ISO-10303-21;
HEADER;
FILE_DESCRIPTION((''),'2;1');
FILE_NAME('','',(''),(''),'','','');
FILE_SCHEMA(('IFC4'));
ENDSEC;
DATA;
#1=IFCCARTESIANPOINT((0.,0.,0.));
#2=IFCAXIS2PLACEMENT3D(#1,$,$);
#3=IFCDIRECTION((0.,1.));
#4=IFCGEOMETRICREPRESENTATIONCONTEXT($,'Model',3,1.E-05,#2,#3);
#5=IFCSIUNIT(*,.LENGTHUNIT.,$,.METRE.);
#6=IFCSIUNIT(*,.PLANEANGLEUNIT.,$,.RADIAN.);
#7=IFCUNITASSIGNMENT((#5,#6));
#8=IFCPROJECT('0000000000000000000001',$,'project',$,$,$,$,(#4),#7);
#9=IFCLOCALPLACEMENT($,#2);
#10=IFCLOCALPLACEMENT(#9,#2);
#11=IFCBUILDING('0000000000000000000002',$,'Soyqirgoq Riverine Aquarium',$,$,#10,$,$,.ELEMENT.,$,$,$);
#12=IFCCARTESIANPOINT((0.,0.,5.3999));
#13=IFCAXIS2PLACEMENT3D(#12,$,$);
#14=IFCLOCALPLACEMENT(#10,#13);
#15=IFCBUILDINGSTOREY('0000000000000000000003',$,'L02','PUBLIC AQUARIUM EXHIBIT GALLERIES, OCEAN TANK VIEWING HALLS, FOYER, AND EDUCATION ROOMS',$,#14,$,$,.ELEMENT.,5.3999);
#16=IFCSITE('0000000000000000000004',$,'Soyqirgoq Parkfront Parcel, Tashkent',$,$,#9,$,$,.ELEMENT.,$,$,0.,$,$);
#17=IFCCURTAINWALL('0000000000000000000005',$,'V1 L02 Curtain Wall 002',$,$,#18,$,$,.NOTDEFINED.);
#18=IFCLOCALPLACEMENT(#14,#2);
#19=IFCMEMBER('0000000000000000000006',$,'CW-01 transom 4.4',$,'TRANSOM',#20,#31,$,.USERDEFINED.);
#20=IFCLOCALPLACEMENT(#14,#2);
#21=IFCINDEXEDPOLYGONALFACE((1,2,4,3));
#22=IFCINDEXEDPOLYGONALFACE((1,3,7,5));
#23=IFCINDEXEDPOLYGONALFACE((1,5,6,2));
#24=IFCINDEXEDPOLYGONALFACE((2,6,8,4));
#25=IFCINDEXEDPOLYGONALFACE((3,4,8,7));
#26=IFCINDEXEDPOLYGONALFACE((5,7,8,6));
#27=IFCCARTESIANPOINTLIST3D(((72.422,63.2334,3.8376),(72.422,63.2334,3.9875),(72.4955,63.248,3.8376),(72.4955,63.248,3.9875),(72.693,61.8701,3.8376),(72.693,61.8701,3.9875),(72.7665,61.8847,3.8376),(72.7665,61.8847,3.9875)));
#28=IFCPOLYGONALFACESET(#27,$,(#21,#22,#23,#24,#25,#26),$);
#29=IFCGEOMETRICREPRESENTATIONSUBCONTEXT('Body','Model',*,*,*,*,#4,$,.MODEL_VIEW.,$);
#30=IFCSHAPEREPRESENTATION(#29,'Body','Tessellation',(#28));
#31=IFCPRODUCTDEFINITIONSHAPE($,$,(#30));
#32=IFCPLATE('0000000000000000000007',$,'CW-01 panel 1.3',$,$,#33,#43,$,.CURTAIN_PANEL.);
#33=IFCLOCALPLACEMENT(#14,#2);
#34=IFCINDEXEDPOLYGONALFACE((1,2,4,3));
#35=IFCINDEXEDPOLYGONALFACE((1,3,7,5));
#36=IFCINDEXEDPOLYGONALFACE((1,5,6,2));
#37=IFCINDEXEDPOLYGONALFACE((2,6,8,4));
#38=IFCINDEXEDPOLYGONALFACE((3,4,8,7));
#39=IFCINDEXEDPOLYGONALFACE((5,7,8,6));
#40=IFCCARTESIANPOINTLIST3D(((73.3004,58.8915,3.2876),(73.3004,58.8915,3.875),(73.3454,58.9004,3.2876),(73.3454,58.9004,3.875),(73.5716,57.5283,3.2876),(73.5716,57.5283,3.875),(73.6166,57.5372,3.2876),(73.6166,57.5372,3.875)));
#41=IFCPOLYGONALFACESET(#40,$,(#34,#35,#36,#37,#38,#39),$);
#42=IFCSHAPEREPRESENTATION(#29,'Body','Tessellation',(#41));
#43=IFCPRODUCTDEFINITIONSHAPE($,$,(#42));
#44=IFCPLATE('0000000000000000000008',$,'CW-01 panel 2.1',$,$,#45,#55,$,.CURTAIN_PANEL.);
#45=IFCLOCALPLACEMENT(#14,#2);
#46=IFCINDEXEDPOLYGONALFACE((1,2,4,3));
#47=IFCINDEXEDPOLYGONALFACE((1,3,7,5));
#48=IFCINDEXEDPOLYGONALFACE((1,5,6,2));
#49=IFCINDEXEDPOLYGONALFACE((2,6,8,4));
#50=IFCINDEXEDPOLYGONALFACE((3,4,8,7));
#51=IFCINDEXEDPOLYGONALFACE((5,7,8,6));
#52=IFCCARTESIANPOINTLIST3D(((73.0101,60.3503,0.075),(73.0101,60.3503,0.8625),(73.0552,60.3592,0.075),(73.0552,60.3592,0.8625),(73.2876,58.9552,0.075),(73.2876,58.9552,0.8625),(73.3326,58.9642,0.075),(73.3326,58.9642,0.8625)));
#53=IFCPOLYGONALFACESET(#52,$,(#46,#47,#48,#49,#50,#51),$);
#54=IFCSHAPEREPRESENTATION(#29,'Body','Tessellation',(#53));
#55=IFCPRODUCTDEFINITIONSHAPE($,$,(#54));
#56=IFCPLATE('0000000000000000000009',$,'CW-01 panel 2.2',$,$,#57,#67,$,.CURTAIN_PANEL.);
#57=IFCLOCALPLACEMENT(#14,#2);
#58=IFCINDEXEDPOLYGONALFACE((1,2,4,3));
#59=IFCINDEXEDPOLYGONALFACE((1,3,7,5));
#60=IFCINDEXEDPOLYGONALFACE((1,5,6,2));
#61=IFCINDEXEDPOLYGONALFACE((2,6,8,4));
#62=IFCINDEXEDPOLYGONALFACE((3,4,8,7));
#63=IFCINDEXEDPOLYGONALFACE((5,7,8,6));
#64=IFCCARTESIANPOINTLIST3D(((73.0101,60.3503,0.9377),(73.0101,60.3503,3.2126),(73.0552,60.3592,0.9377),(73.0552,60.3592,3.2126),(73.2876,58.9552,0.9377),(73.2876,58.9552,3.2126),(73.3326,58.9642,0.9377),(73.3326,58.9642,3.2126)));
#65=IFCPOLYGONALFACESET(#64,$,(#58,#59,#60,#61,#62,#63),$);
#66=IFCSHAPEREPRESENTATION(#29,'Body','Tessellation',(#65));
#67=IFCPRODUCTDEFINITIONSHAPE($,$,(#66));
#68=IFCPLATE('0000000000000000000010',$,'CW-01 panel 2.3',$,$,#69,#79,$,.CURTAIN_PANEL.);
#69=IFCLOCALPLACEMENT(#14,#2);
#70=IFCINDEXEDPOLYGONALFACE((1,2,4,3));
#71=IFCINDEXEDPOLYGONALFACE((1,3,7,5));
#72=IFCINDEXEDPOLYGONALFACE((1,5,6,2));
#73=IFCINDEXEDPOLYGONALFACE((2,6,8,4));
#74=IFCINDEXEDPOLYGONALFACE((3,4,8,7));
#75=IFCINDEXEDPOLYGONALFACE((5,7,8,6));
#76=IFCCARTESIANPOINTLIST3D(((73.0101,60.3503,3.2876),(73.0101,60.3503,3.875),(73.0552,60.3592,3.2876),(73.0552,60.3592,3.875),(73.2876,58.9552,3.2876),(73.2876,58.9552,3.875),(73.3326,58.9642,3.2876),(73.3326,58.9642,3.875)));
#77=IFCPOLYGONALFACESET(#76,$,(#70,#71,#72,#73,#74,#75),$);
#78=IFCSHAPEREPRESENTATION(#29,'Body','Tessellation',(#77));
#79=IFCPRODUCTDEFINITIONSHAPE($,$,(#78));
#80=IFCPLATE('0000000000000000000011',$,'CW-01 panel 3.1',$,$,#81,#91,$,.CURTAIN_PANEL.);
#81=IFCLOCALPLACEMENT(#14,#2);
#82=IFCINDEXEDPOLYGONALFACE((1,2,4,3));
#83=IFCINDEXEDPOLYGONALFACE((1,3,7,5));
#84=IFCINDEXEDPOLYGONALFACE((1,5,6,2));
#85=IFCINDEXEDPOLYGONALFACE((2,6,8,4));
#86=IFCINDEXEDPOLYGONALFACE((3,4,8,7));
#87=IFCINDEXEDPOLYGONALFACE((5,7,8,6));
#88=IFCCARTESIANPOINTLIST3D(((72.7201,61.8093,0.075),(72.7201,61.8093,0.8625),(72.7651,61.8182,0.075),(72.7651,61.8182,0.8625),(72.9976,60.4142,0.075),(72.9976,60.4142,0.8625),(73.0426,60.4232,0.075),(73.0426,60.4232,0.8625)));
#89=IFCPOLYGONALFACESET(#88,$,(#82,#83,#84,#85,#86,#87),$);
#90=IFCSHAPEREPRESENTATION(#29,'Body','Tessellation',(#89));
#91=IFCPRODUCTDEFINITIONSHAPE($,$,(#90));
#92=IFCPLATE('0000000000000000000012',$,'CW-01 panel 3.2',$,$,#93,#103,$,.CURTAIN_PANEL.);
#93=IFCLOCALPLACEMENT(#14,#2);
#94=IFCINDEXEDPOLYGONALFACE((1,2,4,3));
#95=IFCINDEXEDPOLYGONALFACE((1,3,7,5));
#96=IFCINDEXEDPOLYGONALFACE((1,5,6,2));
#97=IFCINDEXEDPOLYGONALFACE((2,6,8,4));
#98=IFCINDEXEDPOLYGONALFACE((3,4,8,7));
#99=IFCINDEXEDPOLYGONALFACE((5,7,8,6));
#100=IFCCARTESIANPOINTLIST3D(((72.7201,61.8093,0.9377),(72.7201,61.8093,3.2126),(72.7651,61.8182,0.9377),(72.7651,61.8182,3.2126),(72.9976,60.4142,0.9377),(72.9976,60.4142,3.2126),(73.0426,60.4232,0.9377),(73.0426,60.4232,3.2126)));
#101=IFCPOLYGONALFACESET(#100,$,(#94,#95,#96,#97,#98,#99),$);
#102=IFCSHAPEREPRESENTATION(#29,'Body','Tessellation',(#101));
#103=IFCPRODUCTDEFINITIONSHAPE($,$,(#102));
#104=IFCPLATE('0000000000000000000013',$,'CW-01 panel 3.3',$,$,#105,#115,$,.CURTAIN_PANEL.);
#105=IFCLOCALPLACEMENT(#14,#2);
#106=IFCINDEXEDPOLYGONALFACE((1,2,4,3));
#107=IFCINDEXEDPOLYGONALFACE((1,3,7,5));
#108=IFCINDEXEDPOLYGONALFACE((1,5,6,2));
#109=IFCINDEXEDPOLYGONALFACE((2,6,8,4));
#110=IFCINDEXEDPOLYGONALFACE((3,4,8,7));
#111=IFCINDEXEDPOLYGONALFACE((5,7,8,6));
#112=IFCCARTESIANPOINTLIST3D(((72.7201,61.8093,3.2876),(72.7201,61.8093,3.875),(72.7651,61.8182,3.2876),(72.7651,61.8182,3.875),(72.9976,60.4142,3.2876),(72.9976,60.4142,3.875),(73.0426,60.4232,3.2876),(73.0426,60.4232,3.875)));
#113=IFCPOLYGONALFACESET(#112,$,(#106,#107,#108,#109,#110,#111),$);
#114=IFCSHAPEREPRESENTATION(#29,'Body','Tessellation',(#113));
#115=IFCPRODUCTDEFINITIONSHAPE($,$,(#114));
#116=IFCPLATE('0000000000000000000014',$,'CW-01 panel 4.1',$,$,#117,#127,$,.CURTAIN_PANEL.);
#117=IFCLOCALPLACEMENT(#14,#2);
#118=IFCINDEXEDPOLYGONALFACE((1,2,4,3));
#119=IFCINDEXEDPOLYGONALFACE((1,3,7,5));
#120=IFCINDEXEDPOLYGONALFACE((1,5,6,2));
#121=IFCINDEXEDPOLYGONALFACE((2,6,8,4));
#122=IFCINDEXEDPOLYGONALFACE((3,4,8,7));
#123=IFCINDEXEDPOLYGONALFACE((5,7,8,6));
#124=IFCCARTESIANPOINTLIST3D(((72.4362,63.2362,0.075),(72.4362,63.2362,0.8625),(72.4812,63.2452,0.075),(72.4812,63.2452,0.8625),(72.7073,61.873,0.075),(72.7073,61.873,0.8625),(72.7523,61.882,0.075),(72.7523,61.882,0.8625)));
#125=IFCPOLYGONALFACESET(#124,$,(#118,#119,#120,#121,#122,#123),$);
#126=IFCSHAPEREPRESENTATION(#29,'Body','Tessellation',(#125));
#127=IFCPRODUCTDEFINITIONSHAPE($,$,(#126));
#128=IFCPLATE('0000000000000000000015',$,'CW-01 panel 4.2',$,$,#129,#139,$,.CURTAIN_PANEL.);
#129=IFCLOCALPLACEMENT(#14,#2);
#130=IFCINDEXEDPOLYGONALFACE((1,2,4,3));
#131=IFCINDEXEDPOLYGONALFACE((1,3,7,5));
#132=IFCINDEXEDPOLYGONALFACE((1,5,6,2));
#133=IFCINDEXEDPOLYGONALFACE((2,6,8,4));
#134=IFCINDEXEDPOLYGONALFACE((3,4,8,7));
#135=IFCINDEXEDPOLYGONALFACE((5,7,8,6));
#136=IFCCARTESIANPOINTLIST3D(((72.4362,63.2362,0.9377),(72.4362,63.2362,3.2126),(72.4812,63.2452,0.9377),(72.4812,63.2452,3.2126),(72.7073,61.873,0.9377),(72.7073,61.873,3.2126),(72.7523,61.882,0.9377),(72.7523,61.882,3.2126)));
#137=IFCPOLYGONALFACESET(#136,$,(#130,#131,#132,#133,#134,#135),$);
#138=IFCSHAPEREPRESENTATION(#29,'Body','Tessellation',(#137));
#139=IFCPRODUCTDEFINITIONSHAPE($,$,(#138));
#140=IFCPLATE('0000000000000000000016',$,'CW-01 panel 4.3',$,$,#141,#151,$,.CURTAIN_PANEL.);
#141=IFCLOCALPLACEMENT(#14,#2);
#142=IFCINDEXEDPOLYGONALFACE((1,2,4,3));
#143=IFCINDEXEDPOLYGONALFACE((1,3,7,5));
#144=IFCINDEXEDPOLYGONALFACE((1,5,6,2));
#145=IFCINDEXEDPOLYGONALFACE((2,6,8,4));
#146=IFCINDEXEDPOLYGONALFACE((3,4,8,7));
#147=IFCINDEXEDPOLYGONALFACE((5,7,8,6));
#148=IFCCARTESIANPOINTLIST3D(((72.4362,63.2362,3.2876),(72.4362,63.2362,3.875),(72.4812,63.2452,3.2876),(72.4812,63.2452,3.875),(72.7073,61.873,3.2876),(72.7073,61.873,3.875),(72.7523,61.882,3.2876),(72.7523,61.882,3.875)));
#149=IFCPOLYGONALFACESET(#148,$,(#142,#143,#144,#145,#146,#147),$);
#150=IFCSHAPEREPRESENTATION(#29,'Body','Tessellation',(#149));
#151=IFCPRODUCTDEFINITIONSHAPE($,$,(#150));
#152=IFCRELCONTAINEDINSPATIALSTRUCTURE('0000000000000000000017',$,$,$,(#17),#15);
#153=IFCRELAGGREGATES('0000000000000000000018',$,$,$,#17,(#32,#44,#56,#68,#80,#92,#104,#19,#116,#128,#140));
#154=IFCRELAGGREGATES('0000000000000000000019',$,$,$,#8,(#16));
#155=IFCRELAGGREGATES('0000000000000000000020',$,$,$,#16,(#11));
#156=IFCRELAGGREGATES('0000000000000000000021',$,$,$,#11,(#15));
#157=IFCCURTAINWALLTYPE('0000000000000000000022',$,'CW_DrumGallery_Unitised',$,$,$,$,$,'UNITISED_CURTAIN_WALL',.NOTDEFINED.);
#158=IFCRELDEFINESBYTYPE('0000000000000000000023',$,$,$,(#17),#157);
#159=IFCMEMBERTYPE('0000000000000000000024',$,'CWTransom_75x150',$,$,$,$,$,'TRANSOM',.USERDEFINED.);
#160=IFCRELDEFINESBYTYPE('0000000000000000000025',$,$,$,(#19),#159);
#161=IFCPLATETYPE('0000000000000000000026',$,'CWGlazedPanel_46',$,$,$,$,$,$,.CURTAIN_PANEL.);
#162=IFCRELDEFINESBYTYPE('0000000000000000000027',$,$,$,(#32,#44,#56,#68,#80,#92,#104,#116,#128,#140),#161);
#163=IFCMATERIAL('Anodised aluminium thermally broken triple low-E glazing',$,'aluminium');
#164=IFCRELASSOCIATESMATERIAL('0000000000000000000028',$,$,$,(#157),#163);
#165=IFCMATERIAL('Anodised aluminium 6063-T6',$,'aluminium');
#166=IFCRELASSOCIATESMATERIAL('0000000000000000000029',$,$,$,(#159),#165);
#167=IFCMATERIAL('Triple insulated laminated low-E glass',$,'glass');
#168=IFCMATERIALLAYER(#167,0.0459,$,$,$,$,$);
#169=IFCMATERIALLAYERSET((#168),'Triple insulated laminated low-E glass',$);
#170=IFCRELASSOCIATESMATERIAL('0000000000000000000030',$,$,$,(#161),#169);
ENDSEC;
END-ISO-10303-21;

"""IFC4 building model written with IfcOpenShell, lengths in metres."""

from ifc_helpers import new_model, si_unit, direction, frame, origin, origin_2d, place, context, subcontext, project, spatial, rectangle, extrude, material, layer, layer_set, material_profile, profile_set, type_object, element, aggregate, save


model = new_model("IFC4")

# Units and contexts
model_context = context("Model", 3, precision=1e-05, world=origin(), true_north=direction((0.0, 1.0)))
body_context = subcontext(model_context, "Body", "Model", "MODEL_VIEW")
ifc_project = project(units=[si_unit("LENGTHUNIT", "METRE"), si_unit("PLANEANGLEUNIT", "RADIAN")], contexts=[model_context])

# Site, building, storey
site_placement = place(None, origin())
site = spatial("IfcSite", under=ifc_project, at=site_placement, Name="Soyqirgoq Parkfront Parcel, Tashkent", CompositionType="ELEMENT", RefElevation=0.0)
building_placement = place(site_placement, origin())
building = spatial("IfcBuilding", under=site, at=building_placement, Name="Soyqirgoq Riverine Aquarium", CompositionType="ELEMENT")
storey_placement = place(building_placement, frame((0.0, 0.0, 5.3999)))
storey = spatial("IfcBuildingStorey", under=building, at=storey_placement, Name="L02", Description="PUBLIC AQUARIUM EXHIBIT GALLERIES, OCEAN TANK VIEWING HALLS, FOYER, AND EDUCATION ROOMS", CompositionType="ELEMENT", Elevation=5.3999)

# Curtain wall, member, plates
ifc_material_1 = material(Name="Anodised aluminium thermally broken triple low-E glazing", Category="aluminium")
curtain_wall_type = type_object("IfcCurtainWallType", Name="CW_DrumGallery_Unitised", ElementType="UNITISED_CURTAIN_WALL", PredefinedType="NOTDEFINED", material=ifc_material_1)
curtain_wall_placement = place(storey_placement, origin())
curtain_wall = element("IfcCurtainWall", 1, at=curtain_wall_placement, inside=storey, type_object=curtain_wall_type, Name="V1 L02 Curtain Wall 002", PredefinedType="NOTDEFINED")
ifc_material_2 = material(Name="Anodised aluminium 6063-T6", Category="aluminium")
ifc_material_profile_1 = material_profile(ifc_material_2, rectangle(XDim=0.075, YDim=0.1499, at=origin_2d()), Name="ALU-T 75x150")
ifc_profile_set_1 = profile_set([ifc_material_profile_1], Name="Anodised aluminium 6063-T6")
member_type_1 = type_object("IfcMemberType", Name="CWTransom_75x150", ElementType="TRANSOM", PredefinedType="USERDEFINED", material=ifc_profile_set_1)
member_1_placement = place(storey_placement, frame((72.7297, 61.8774, 3.9126), z_axis=(-0.194968, 0.98081, 0.0), x_axis=(-0.98081, -0.194968, 0.0)))
member_1 = element("IfcMember", 2, at=member_1_placement, type_object=member_type_1, Name="CW-01 transom 4.4", ObjectType="TRANSOM", PredefinedType="USERDEFINED", context=body_context, shape_type="SweptSolid", body=[
    extrude(rectangle(XDim=0.075, YDim=0.1499, at=origin_2d()), origin(), (0.0, 0.0, 1.0), 1.3899),
])
ifc_material_3 = material(Name="Triple insulated laminated low-E glass", Category="glass")
ifc_layer = layer(ifc_material_3, 0.0459)
ifc_layer_set = layer_set([ifc_layer], Name="Triple insulated laminated low-E glass")
plate_type = type_object("IfcPlateType", Name="CWGlazedPanel_46", PredefinedType="CURTAIN_PANEL", material=ifc_layer_set)
plate_1_placement = place(storey_placement, frame((73.4585, 58.2144, 3.2876), z_axis=(0.0, 0.0, 1.0), x_axis=(-0.195088, 0.980786, 0.0)))
plate_1 = element("IfcPlate", 3, at=plate_1_placement, type_object=plate_type, Name="CW-01 panel 1.3", PredefinedType="CURTAIN_PANEL", context=body_context, shape_type="SweptSolid", body=[
    extrude(rectangle(XDim=1.3899, YDim=0.0459, at=origin_2d()), origin(), (0.0, 0.0, 1.0), 0.5874),
])
plate_2_placement = place(storey_placement, frame((73.1714, 59.6572, 0.075), z_axis=(0.0, 0.0, 1.0), x_axis=(-0.195088, 0.980786, 0.0)))
plate_2 = element("IfcPlate", 4, at=plate_2_placement, type_object=plate_type, Name="CW-01 panel 2.1", PredefinedType="CURTAIN_PANEL", context=body_context, shape_type="SweptSolid", body=[
    extrude(rectangle(XDim=1.4224, YDim=0.0459, at=origin_2d()), origin(), (0.0, 0.0, 1.0), 0.7876),
])
plate_3_placement = place(storey_placement, frame((73.1714, 59.6572, 0.9377), z_axis=(0.0, 0.0, 1.0), x_axis=(-0.195088, 0.980786, 0.0)))
plate_3 = element("IfcPlate", 5, at=plate_3_placement, type_object=plate_type, Name="CW-01 panel 2.2", PredefinedType="CURTAIN_PANEL", context=body_context, shape_type="SweptSolid", body=[
    extrude(rectangle(XDim=1.4224, YDim=0.0459, at=origin_2d()), origin(), (0.0, 0.0, 1.0), 2.2749),
])
plate_4_placement = place(storey_placement, frame((73.1714, 59.6572, 3.2876), z_axis=(0.0, 0.0, 1.0), x_axis=(-0.195088, 0.980786, 0.0)))
plate_4 = element("IfcPlate", 6, at=plate_4_placement, type_object=plate_type, Name="CW-01 panel 2.3", PredefinedType="CURTAIN_PANEL", context=body_context, shape_type="SweptSolid", body=[
    extrude(rectangle(XDim=1.4224, YDim=0.0459, at=origin_2d()), origin(), (0.0, 0.0, 1.0), 0.5874),
])
plate_5_placement = place(storey_placement, frame((72.8813, 61.1162, 0.075), z_axis=(0.0, 0.0, 1.0), x_axis=(-0.195088, 0.980786, 0.0)))
plate_5 = element("IfcPlate", 7, at=plate_5_placement, type_object=plate_type, Name="CW-01 panel 3.1", PredefinedType="CURTAIN_PANEL", context=body_context, shape_type="SweptSolid", body=[
    extrude(rectangle(XDim=1.4224, YDim=0.0459, at=origin_2d()), origin(), (0.0, 0.0, 1.0), 0.7876),
])
plate_6_placement = place(storey_placement, frame((72.8813, 61.1162, 0.9377), z_axis=(0.0, 0.0, 1.0), x_axis=(-0.195088, 0.980786, 0.0)))
plate_6 = element("IfcPlate", 8, at=plate_6_placement, type_object=plate_type, Name="CW-01 panel 3.2", PredefinedType="CURTAIN_PANEL", context=body_context, shape_type="SweptSolid", body=[
    extrude(rectangle(XDim=1.4224, YDim=0.0459, at=origin_2d()), origin(), (0.0, 0.0, 1.0), 2.2749),
])
plate_7_placement = place(storey_placement, frame((72.8813, 61.1162, 3.2876), z_axis=(0.0, 0.0, 1.0), x_axis=(-0.195088, 0.980786, 0.0)))
plate_7 = element("IfcPlate", 9, at=plate_7_placement, type_object=plate_type, Name="CW-01 panel 3.3", PredefinedType="CURTAIN_PANEL", context=body_context, shape_type="SweptSolid", body=[
    extrude(rectangle(XDim=1.4224, YDim=0.0459, at=origin_2d()), origin(), (0.0, 0.0, 1.0), 0.5874),
])
plate_8_placement = place(storey_placement, frame((72.5942, 62.5591, 0.075), z_axis=(0.0, 0.0, 1.0), x_axis=(-0.195088, 0.980786, 0.0)))
plate_8 = element("IfcPlate", 10, at=plate_8_placement, type_object=plate_type, Name="CW-01 panel 4.1", PredefinedType="CURTAIN_PANEL", context=body_context, shape_type="SweptSolid", body=[
    extrude(rectangle(XDim=1.3899, YDim=0.0459, at=origin_2d()), origin(), (0.0, 0.0, 1.0), 0.7876),
])
plate_9_placement = place(storey_placement, frame((72.5942, 62.5591, 0.9377), z_axis=(0.0, 0.0, 1.0), x_axis=(-0.195088, 0.980786, 0.0)))
plate_9 = element("IfcPlate", 11, at=plate_9_placement, type_object=plate_type, Name="CW-01 panel 4.2", PredefinedType="CURTAIN_PANEL", context=body_context, shape_type="SweptSolid", body=[
    extrude(rectangle(XDim=1.3899, YDim=0.0459, at=origin_2d()), origin(), (0.0, 0.0, 1.0), 2.2749),
])
plate_10_placement = place(storey_placement, frame((72.5942, 62.5591, 3.2876), z_axis=(0.0, 0.0, 1.0), x_axis=(-0.195088, 0.980786, 0.0)))
plate_10 = element("IfcPlate", 12, at=plate_10_placement, type_object=plate_type, Name="CW-01 panel 4.3", PredefinedType="CURTAIN_PANEL", context=body_context, shape_type="SweptSolid", body=[
    extrude(rectangle(XDim=1.3899, YDim=0.0459, at=origin_2d()), origin(), (0.0, 0.0, 1.0), 0.5874),
])
aggregate(curtain_wall, [plate_1, plate_2, plate_3, plate_4, plate_5, plate_6, plate_7, member_1, plate_8, plate_9, plate_10])

save(model, "model.ifc")
